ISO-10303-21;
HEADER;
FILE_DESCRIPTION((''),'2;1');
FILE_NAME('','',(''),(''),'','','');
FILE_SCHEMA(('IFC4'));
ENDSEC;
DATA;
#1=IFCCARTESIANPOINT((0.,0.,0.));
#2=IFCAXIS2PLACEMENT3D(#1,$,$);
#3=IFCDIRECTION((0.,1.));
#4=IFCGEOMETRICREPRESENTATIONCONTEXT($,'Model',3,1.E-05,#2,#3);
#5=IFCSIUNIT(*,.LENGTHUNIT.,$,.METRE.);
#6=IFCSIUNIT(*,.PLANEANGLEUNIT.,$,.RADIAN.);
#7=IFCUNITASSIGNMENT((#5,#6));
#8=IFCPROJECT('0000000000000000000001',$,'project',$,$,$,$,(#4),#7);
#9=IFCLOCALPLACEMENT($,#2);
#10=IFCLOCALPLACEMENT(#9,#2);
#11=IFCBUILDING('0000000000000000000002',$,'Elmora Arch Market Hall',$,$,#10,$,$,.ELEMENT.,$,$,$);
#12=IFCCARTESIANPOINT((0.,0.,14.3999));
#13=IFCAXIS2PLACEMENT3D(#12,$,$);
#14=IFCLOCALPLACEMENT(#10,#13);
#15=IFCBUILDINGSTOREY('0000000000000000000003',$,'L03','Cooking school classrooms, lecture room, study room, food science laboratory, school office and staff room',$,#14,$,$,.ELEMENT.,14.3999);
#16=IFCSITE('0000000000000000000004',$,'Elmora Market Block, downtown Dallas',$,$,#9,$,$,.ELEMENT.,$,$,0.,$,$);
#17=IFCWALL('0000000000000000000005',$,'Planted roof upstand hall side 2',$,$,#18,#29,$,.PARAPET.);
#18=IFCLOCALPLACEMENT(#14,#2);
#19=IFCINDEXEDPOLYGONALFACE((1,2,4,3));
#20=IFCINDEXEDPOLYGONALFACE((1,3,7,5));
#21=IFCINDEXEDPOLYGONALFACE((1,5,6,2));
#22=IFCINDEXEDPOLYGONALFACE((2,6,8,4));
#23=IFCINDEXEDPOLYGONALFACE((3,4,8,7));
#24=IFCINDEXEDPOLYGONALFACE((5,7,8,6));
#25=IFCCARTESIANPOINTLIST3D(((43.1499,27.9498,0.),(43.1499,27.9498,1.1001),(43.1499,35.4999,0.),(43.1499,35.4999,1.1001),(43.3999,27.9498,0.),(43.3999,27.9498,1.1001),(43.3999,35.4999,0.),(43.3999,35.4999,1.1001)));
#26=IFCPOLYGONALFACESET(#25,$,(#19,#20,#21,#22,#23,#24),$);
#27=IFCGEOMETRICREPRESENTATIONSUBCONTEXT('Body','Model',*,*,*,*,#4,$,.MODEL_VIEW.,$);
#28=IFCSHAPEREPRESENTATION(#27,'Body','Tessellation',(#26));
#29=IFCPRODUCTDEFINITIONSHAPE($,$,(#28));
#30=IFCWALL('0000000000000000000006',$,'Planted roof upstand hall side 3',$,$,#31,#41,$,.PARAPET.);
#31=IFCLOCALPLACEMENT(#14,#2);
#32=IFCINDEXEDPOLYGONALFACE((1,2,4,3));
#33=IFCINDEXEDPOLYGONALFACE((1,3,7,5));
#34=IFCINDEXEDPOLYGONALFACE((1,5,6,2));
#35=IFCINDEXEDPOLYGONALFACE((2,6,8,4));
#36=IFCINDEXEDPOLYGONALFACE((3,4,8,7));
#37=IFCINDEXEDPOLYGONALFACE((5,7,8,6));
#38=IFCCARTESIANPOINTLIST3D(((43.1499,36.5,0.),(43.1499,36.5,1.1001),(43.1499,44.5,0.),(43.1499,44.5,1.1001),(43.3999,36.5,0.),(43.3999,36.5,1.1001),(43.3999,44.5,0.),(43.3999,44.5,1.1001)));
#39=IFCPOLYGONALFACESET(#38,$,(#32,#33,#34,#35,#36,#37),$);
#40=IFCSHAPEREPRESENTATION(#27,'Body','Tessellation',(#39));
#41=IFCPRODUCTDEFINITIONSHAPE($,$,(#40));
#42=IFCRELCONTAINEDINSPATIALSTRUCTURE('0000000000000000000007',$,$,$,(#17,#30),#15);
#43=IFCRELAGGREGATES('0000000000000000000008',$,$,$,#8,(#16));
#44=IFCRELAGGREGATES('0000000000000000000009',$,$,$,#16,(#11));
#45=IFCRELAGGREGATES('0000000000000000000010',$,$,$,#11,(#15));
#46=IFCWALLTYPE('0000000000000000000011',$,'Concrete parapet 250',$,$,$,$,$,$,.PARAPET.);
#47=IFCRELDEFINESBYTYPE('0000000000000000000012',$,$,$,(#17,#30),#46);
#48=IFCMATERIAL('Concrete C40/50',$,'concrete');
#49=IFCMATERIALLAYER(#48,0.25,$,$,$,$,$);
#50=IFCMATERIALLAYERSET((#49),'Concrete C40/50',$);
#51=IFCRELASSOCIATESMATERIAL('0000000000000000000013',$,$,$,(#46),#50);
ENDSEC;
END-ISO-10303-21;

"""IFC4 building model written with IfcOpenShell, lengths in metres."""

from ifc_helpers import new_model, si_unit, direction, frame, frame_2d, origin, place, context, subcontext, project, spatial, rectangle, extrude, material, layer, layer_set, type_object, element, save


model = new_model("IFC4")

# Units and contexts
model_context = context("Model", 3, precision=1e-05, world=origin(), true_north=direction((0.0, 1.0)))
body_context = subcontext(model_context, "Body", "Model", "MODEL_VIEW")
ifc_project = project(units=[si_unit("LENGTHUNIT", "METRE"), si_unit("PLANEANGLEUNIT", "RADIAN")], contexts=[model_context])

# Site, building, storey
site_placement = place(None, origin())
site = spatial("IfcSite", under=ifc_project, at=site_placement, Name="Elmora Market Block, downtown Dallas", CompositionType="ELEMENT", RefElevation=0.0)
building_placement = place(site_placement, origin())
building = spatial("IfcBuilding", under=site, at=building_placement, Name="Elmora Arch Market Hall", CompositionType="ELEMENT")
storey_placement = place(building_placement, frame((0.0, 0.0, 14.3999)))
storey = spatial("IfcBuildingStorey", under=building, at=storey_placement, Name="L03", Description="Cooking school classrooms, lecture room, study room, food science laboratory, school office and staff room", CompositionType="ELEMENT", Elevation=14.3999)

# Walls
ifc_material_1 = material(Name="Concrete C40/50", Category="concrete")
ifc_layer_1 = layer(ifc_material_1, 0.25)
ifc_layer_set_1 = layer_set([ifc_layer_1], Name="Concrete C40/50")
wall_type = type_object("IfcWallType", Name="Concrete parapet 250", PredefinedType="PARAPET", material=ifc_layer_set_1)
wall_1_placement = place(storey_placement, frame((43.2749, 27.95, 0.0), z_axis=(0.0, 0.0, 1.0), x_axis=(0.0, 1.0, 0.0)))
element("IfcWall", 1, at=wall_1_placement, inside=storey, type_object=wall_type, Name="Planted roof upstand hall side 2", PredefinedType="PARAPET", context=body_context, shape_type="SweptSolid", body=[
    extrude(rectangle(XDim=7.55, YDim=0.25, at=frame_2d((3.7749, 0.0))), origin(), (0.0, 0.0, 1.0), 1.1001),
])
wall_2_placement = place(storey_placement, frame((43.2749, 36.5, 0.0), z_axis=(0.0, 0.0, 1.0), x_axis=(0.0, 1.0, 0.0)))
element("IfcWall", 2, at=wall_2_placement, inside=storey, type_object=wall_type, Name="Planted roof upstand hall side 3", PredefinedType="PARAPET", context=body_context, shape_type="SweptSolid", body=[
    extrude(rectangle(XDim=8.0, YDim=0.25, at=frame_2d((4.0, 0.0))), origin(), (0.0, 0.0, 1.0), 1.1001),
])

save(model, "model.ifc")
